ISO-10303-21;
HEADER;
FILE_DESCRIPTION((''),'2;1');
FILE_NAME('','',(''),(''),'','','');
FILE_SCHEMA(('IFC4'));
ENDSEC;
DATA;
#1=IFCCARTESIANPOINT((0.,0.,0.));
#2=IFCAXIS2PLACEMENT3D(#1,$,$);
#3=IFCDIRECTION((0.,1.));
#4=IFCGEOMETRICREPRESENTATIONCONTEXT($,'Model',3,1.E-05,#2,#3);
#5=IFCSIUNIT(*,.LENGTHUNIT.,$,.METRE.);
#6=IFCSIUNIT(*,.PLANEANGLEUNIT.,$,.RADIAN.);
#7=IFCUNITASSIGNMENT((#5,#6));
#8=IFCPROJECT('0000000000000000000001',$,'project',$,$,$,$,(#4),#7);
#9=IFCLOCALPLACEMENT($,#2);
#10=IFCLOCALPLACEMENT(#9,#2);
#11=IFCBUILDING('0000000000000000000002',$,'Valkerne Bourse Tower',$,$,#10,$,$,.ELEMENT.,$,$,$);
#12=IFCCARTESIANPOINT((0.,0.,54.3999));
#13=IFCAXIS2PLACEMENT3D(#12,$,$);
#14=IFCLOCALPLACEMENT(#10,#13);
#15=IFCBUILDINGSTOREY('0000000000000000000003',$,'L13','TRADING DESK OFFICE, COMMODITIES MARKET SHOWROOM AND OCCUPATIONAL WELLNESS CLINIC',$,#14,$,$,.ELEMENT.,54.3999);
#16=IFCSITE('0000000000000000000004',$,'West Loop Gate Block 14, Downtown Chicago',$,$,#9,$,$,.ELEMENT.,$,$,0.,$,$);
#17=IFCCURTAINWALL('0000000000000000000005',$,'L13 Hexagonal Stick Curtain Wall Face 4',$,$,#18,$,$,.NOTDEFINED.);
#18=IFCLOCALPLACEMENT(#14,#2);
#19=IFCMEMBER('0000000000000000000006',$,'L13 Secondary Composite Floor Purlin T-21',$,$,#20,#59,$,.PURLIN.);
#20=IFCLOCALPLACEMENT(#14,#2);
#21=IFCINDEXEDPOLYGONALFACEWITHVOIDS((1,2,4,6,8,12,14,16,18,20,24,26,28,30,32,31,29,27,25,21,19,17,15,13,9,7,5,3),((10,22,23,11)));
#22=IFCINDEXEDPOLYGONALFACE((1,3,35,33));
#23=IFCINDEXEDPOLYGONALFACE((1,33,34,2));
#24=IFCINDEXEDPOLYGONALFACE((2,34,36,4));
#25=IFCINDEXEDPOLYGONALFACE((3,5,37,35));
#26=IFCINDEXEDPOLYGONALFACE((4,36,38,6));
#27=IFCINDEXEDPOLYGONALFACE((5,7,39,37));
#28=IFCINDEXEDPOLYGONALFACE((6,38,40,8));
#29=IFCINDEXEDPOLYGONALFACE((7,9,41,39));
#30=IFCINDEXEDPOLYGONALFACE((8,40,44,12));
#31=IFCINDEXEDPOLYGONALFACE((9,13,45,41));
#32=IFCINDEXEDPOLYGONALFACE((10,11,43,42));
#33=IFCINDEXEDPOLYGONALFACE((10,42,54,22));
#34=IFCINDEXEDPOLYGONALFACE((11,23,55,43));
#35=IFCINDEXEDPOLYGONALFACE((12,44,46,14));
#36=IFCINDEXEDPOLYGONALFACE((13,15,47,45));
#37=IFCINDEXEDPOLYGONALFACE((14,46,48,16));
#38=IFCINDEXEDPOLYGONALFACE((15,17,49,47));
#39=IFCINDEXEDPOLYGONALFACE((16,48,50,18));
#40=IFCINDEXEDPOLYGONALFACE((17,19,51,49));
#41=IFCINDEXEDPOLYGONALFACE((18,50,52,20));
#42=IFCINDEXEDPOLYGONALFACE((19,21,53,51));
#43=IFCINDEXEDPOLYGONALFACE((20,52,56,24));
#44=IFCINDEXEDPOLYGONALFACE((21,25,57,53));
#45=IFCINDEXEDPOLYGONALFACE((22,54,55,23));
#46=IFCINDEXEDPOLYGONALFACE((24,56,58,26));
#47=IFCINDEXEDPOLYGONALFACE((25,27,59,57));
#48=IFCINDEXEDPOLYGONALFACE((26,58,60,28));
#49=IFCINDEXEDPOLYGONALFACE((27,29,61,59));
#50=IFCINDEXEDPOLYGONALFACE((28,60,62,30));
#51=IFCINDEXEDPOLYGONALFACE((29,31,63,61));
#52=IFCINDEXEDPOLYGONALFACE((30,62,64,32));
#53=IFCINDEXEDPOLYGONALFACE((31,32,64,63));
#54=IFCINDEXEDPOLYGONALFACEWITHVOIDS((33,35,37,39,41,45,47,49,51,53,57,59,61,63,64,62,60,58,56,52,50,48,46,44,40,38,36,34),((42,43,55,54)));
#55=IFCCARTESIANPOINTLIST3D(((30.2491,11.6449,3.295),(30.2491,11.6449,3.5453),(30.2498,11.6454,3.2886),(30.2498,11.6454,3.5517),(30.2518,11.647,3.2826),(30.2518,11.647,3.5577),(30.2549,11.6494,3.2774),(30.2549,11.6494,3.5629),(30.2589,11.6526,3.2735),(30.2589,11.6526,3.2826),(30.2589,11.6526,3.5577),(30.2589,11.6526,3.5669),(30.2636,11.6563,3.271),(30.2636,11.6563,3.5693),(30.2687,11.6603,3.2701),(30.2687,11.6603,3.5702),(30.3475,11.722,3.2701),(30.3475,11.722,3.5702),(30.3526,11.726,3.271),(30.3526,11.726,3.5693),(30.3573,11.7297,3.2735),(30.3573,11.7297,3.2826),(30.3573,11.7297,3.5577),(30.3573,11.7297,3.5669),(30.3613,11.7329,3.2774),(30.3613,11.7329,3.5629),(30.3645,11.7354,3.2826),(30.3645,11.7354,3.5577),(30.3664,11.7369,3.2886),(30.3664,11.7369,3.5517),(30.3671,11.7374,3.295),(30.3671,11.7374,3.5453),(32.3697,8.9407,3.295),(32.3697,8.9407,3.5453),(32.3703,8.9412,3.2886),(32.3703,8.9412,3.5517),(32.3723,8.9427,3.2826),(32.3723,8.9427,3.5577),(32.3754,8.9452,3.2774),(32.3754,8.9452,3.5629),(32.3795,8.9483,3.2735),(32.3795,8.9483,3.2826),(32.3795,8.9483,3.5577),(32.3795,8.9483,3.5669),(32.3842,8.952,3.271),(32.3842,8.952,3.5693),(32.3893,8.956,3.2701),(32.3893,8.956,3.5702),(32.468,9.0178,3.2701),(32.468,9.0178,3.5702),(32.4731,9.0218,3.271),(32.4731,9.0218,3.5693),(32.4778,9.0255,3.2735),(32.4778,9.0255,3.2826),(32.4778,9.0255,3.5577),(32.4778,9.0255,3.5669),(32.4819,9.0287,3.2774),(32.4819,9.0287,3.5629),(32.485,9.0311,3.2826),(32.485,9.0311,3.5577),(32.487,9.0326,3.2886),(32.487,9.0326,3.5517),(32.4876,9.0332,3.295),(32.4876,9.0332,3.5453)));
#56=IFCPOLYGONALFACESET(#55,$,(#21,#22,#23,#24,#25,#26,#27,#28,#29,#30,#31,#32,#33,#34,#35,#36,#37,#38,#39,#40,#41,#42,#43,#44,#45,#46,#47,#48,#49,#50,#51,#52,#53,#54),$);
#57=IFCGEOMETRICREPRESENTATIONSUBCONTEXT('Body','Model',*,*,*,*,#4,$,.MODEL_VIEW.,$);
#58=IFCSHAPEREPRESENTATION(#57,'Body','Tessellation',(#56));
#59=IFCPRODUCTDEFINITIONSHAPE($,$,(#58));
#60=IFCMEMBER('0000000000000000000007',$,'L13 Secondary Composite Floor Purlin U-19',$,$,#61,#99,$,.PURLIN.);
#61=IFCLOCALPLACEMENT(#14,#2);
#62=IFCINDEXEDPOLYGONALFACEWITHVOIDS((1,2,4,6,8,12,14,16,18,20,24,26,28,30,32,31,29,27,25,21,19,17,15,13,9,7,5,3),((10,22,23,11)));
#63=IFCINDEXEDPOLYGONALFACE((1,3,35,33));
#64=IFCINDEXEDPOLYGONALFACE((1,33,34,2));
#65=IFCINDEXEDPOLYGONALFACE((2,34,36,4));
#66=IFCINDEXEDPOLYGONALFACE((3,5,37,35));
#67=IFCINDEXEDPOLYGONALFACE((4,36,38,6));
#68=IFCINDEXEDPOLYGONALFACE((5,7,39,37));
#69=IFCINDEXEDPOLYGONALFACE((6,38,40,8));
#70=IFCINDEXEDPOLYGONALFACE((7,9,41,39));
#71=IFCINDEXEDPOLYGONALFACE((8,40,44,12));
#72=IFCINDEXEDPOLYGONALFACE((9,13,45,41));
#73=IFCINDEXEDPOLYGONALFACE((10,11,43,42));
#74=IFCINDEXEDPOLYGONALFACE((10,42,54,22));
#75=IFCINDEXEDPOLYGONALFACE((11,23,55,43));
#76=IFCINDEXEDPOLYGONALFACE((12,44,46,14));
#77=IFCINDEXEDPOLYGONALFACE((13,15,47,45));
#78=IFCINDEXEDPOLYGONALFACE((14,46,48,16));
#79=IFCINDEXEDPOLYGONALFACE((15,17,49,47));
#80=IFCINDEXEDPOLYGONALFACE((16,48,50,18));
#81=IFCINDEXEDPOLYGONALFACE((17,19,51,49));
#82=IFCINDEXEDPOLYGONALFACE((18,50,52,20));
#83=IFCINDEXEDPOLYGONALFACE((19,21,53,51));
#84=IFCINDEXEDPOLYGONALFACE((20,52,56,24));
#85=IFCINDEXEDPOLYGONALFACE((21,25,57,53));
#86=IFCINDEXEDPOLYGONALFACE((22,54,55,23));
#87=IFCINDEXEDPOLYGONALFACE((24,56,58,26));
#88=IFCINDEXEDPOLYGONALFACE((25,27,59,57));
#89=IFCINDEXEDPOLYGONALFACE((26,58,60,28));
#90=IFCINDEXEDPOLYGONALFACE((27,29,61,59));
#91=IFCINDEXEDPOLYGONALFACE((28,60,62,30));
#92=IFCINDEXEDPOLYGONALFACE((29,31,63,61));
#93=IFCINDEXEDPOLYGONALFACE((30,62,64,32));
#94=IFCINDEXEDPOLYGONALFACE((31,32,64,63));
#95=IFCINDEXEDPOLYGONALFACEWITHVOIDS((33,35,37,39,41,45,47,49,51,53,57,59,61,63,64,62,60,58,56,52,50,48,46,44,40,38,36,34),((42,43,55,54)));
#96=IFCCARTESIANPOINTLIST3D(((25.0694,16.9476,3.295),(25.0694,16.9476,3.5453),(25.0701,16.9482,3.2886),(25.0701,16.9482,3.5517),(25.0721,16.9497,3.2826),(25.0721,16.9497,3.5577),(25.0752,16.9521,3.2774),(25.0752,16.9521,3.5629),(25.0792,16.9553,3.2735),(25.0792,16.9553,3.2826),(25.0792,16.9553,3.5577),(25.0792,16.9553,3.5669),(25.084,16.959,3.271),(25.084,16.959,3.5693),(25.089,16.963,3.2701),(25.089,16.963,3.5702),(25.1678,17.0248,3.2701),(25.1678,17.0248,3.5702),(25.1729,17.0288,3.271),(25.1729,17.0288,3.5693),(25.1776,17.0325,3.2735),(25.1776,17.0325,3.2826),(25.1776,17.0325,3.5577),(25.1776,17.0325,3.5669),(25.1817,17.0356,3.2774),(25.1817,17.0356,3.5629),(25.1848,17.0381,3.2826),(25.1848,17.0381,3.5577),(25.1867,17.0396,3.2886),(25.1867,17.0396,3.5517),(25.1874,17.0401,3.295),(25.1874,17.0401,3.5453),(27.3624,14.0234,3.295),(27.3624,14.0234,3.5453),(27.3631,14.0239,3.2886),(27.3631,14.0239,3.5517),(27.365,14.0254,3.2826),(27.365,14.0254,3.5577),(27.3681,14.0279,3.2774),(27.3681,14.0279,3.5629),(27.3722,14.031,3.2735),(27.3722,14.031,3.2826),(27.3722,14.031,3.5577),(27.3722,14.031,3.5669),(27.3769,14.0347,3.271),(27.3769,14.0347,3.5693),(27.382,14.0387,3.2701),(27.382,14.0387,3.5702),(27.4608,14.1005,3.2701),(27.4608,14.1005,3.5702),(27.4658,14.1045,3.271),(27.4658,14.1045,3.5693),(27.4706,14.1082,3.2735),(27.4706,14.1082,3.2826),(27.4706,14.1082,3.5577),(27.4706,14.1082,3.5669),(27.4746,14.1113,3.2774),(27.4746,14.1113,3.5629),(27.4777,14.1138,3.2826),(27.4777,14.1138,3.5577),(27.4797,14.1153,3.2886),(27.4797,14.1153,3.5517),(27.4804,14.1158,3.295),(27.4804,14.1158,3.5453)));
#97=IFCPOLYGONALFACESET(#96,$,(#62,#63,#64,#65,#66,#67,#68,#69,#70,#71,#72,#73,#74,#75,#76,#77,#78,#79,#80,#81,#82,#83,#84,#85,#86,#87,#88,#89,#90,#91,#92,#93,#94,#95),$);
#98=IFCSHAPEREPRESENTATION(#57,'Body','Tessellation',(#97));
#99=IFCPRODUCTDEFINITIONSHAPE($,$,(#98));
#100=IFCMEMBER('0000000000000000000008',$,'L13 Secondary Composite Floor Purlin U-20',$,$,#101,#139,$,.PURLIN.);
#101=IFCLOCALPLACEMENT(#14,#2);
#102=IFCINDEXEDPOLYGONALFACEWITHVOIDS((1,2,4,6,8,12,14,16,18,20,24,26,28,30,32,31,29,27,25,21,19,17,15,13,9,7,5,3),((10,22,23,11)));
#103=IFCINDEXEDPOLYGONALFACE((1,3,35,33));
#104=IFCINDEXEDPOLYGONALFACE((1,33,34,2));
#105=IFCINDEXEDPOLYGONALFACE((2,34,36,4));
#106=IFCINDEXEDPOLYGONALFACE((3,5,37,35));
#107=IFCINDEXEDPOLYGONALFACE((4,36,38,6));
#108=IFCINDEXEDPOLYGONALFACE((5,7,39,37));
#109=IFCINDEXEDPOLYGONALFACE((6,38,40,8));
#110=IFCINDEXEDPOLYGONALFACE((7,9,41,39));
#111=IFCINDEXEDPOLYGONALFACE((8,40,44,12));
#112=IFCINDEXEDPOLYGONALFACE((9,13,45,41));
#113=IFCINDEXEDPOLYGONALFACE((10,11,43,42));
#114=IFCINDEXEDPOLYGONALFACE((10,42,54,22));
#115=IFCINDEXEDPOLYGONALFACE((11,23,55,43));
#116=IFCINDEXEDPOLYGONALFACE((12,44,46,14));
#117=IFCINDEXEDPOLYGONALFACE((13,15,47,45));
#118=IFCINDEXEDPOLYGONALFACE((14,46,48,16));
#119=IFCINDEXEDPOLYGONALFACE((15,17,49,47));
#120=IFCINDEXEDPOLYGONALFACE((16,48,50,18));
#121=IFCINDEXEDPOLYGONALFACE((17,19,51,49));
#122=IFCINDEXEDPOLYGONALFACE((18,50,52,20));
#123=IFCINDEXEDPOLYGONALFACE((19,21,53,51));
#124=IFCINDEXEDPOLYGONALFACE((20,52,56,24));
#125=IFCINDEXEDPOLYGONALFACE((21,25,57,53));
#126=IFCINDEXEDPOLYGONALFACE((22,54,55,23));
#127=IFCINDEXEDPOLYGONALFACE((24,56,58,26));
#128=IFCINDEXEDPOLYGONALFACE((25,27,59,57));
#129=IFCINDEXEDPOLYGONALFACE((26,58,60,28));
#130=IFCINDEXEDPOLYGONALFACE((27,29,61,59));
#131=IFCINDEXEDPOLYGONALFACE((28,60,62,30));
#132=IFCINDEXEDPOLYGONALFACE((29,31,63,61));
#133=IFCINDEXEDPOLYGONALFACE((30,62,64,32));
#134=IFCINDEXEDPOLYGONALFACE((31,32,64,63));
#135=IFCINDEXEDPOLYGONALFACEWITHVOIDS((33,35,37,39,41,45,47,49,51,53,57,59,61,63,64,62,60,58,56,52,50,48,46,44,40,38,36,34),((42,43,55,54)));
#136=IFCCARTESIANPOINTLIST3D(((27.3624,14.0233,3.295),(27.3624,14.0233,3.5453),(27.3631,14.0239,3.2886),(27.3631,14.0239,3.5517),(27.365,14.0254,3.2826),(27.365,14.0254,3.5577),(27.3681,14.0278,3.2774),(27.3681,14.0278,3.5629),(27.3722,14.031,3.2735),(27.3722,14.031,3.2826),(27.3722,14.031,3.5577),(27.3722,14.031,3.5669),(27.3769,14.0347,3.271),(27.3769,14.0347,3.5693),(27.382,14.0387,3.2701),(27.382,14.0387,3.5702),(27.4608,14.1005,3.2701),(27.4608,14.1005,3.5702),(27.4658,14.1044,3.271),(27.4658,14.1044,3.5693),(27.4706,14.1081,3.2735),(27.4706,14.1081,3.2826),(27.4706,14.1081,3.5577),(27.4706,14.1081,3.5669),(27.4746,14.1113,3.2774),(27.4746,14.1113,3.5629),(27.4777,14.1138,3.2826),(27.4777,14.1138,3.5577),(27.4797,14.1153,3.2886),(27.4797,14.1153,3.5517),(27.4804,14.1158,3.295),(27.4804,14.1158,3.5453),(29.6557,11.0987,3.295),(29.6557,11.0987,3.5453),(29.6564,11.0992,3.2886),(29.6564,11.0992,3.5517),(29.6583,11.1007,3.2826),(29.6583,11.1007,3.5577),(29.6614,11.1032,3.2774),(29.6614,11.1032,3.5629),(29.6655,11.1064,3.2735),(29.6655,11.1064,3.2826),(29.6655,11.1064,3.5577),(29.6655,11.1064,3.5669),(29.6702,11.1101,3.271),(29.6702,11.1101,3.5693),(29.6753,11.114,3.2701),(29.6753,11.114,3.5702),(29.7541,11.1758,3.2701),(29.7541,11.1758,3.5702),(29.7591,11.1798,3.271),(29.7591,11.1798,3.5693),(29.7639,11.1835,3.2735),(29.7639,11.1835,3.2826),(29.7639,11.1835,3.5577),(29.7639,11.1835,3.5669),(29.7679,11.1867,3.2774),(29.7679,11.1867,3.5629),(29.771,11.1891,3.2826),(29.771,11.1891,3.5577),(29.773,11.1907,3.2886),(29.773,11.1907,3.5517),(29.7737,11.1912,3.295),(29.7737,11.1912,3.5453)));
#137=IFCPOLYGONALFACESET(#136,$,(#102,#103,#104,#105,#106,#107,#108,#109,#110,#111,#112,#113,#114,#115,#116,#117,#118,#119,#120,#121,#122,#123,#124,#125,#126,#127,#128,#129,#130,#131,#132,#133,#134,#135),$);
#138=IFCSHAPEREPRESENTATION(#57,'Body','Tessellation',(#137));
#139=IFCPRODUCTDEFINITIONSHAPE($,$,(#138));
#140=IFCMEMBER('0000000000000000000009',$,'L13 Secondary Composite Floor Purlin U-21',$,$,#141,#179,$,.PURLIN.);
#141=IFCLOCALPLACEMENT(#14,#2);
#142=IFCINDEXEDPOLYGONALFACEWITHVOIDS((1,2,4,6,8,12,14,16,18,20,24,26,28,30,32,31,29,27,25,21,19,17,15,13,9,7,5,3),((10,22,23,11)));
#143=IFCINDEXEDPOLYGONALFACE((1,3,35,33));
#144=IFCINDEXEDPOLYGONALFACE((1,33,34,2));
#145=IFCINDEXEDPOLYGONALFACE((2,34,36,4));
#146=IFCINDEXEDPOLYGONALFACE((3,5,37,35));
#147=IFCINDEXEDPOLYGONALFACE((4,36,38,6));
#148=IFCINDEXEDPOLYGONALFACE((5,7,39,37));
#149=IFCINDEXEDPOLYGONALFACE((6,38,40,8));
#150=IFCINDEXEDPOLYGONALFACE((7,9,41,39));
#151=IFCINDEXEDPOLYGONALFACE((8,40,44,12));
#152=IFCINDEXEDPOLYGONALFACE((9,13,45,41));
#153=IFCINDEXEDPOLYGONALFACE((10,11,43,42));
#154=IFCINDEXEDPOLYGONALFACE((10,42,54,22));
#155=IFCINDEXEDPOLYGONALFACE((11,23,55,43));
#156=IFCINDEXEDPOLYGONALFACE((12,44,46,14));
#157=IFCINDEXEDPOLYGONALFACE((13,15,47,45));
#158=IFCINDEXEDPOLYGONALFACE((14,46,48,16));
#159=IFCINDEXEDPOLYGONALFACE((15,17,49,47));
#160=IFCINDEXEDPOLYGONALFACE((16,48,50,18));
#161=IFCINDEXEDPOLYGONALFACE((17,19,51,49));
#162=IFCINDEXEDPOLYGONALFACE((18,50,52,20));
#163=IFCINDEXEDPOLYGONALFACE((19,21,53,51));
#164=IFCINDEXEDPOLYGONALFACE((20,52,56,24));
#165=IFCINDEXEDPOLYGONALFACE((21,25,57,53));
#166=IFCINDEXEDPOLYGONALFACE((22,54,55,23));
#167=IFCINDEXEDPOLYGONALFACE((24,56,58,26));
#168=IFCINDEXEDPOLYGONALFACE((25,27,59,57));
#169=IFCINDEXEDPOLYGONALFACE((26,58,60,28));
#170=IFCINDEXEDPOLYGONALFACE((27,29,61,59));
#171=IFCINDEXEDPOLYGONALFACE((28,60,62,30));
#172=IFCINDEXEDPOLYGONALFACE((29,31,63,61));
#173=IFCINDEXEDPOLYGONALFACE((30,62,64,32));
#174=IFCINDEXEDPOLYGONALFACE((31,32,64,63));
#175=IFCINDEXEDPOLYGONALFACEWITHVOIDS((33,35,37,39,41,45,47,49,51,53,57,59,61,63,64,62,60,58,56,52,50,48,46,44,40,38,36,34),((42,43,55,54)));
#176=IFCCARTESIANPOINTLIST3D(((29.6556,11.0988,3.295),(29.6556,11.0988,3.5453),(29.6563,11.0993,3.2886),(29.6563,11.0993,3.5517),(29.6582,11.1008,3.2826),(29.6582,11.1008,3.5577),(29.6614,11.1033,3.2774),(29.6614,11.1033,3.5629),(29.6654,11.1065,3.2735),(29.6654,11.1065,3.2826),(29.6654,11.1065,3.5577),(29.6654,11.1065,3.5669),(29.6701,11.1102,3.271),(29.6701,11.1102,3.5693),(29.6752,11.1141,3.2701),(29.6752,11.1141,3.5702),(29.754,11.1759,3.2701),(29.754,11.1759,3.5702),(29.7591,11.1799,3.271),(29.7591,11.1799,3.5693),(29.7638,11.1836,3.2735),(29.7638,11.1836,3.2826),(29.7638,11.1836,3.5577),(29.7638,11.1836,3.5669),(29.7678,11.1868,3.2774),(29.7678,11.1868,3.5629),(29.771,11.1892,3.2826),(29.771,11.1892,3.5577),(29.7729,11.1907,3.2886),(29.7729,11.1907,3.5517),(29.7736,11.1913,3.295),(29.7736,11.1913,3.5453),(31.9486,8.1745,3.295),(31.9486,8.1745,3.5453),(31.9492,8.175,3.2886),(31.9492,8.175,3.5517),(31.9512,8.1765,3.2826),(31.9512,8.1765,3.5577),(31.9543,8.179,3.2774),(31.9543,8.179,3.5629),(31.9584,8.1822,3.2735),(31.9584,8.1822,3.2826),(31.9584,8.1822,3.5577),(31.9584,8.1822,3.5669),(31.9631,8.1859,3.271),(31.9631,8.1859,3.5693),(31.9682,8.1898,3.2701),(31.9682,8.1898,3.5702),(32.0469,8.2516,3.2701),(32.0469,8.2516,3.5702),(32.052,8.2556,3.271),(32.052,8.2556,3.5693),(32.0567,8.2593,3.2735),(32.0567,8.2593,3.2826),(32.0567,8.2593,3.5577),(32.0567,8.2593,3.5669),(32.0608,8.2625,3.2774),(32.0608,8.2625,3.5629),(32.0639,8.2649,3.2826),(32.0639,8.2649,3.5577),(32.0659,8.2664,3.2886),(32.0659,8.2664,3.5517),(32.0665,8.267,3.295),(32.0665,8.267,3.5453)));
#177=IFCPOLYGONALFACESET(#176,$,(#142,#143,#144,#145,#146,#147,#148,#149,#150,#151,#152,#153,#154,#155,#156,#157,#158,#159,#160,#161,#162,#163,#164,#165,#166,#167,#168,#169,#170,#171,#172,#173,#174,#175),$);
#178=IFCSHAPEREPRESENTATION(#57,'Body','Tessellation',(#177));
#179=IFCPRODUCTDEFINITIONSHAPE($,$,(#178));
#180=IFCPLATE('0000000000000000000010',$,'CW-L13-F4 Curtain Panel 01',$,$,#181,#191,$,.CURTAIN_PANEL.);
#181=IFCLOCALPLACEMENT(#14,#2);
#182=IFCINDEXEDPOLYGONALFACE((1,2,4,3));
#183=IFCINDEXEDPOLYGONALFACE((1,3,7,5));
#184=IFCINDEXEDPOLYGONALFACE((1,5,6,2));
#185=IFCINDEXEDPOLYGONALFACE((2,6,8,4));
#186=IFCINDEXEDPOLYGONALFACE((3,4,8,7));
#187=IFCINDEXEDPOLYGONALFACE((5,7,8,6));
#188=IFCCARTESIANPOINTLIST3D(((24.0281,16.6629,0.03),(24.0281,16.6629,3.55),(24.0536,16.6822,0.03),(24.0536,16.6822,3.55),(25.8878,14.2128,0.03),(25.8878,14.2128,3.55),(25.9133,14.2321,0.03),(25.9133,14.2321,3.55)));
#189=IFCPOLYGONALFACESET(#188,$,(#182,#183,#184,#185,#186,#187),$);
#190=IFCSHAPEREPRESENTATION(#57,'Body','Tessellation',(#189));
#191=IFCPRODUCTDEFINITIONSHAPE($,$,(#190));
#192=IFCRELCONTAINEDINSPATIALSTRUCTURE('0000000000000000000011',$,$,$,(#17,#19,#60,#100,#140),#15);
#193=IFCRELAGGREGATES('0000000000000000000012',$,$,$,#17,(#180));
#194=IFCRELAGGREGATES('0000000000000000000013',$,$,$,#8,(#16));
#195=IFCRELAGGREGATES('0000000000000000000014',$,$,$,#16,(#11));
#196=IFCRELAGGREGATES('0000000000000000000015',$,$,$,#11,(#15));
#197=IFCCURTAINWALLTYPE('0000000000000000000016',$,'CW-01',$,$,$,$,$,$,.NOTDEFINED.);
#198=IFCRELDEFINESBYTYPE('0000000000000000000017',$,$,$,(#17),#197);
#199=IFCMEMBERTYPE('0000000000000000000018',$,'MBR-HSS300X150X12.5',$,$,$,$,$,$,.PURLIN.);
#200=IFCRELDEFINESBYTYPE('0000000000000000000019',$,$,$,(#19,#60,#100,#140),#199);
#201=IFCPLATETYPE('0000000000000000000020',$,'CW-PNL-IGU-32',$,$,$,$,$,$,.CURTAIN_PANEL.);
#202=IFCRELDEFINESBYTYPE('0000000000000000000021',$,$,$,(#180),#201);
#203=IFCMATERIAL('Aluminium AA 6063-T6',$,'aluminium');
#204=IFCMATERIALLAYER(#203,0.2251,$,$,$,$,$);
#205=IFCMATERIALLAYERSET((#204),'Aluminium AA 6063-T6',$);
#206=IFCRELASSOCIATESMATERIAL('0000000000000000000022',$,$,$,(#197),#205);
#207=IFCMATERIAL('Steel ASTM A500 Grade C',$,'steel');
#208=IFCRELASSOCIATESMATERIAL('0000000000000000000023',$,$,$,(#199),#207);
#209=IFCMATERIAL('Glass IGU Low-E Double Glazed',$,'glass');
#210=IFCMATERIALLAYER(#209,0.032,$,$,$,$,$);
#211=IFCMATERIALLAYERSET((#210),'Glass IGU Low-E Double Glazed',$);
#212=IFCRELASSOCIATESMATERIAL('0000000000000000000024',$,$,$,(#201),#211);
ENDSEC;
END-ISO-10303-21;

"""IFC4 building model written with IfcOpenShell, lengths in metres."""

from ifc_helpers import new_model, si_unit, direction, frame, origin, origin_2d, place, context, subcontext, project, spatial, rectangle, hollow_rectangle, extrude, material, layer, layer_set, material_profile, profile_set, type_object, element, aggregate, save


model = new_model("IFC4")

# Units and contexts
model_context = context("Model", 3, precision=1e-05, world=origin(), true_north=direction((0.0, 1.0)))
body_context = subcontext(model_context, "Body", "Model", "MODEL_VIEW")
ifc_project = project(units=[si_unit("LENGTHUNIT", "METRE"), si_unit("PLANEANGLEUNIT", "RADIAN")], contexts=[model_context])

# Site, building, storey
site_placement = place(None, origin())
site = spatial("IfcSite", under=ifc_project, at=site_placement, Name="West Loop Gate Block 14, Downtown Chicago", CompositionType="ELEMENT", RefElevation=0.0)
building_placement = place(site_placement, origin())
building = spatial("IfcBuilding", under=site, at=building_placement, Name="Valkerne Bourse Tower", CompositionType="ELEMENT")
storey_placement = place(building_placement, frame((0.0, 0.0, 54.3999)))
storey = spatial("IfcBuildingStorey", under=building, at=storey_placement, Name="L13", Description="TRADING DESK OFFICE, COMMODITIES MARKET SHOWROOM AND OCCUPATIONAL WELLNESS CLINIC", CompositionType="ELEMENT", Elevation=54.3999)

# Curtain wall
ifc_material_1 = material(Name="Aluminium AA 6063-T6", Category="aluminium")
ifc_layer_1 = layer(ifc_material_1, 0.2251)
ifc_layer_set_1 = layer_set([ifc_layer_1], Name="Aluminium AA 6063-T6")
curtain_wall_type = type_object("IfcCurtainWallType", Name="CW-01", PredefinedType="NOTDEFINED", material=ifc_layer_set_1)
curtain_wall_placement = place(storey_placement, origin())
curtain_wall = element("IfcCurtainWall", 1, at=curtain_wall_placement, inside=storey, type_object=curtain_wall_type, Name="L13 Hexagonal Stick Curtain Wall Face 4", PredefinedType="NOTDEFINED")

# Members
ifc_material_2 = material(Name="Steel ASTM A500 Grade C", Category="steel")
ifc_material_profile_1 = material_profile(ifc_material_2, hollow_rectangle(XDim=0.1499, YDim=0.3, WallThickness=0.0125, OuterFilletRadius=0.0249, at=origin_2d()), Name="HSS300X150X12.5")
ifc_profile_set_1 = profile_set([ifc_material_profile_1], Name="Steel ASTM A500 Grade C")
member_type_1 = type_object("IfcMemberType", Name="MBR-HSS300X150X12.5", PredefinedType="PURLIN", material=ifc_profile_set_1)
for number, where, z_axis, x_axis, name in (
    (2, (30.3081, 11.6912, 3.4202), (0.617059, -0.786917, 0.0), (0.786917, 0.617059, 0.0), "L13 Secondary Composite Floor Purlin T-21"),
):
    element("IfcMember", number, at=place(storey_placement, frame(where, z_axis=z_axis, x_axis=x_axis)), inside=storey, type_object=member_type_1, Name=name, PredefinedType="PURLIN", context=body_context, shape_type="SweptSolid", body=[
        extrude(hollow_rectangle(XDim=0.1499, YDim=0.3, WallThickness=0.0125, OuterFilletRadius=0.0249, at=origin_2d()), origin(), (0.0, 0.0, 1.0), 3.4365),
    ])
member_1_placement = place(storey_placement, frame((25.1284, 16.9939, 3.4202), z_axis=(0.617038, -0.786933, 0.0), x_axis=(0.786933, 0.617038, 0.0)))
element("IfcMember", 3, at=member_1_placement, inside=storey, type_object=member_type_1, Name="L13 Secondary Composite Floor Purlin U-19", PredefinedType="PURLIN", context=body_context, shape_type="SweptSolid", body=[
    extrude(hollow_rectangle(XDim=0.1499, YDim=0.3, WallThickness=0.0125, OuterFilletRadius=0.0249, at=origin_2d()), origin(), (0.0, 0.0, 1.0), 3.7161),
])
member_2_placement = place(storey_placement, frame((27.4214, 14.0696, 3.4202), z_axis=(0.617047, -0.786927, 0.0), x_axis=(0.786927, 0.617047, 0.0)))
element("IfcMember", 4, at=member_2_placement, inside=storey, type_object=member_type_1, Name="L13 Secondary Composite Floor Purlin U-20", PredefinedType="PURLIN", context=body_context, shape_type="SweptSolid", body=[
    extrude(hollow_rectangle(XDim=0.1499, YDim=0.3, WallThickness=0.0125, OuterFilletRadius=0.0249, at=origin_2d()), origin(), (0.0, 0.0, 1.0), 3.7166),
])
member_3_placement = place(storey_placement, frame((29.7146, 11.145, 3.4202), z_axis=(0.617038, -0.786933, 0.0), x_axis=(0.786933, 0.617038, 0.0)))
element("IfcMember", 5, at=member_3_placement, inside=storey, type_object=member_type_1, Name="L13 Secondary Composite Floor Purlin U-21", PredefinedType="PURLIN", context=body_context, shape_type="SweptSolid", body=[
    extrude(hollow_rectangle(XDim=0.1499, YDim=0.3, WallThickness=0.0125, OuterFilletRadius=0.0249, at=origin_2d()), origin(), (0.0, 0.0, 1.0), 3.7161),
])

# Plate
ifc_material_3 = material(Name="Glass IGU Low-E Double Glazed", Category="glass")
ifc_layer_2 = layer(ifc_material_3, 0.032)
ifc_layer_set_2 = layer_set([ifc_layer_2], Name="Glass IGU Low-E Double Glazed")
plate_type = type_object("IfcPlateType", Name="CW-PNL-IGU-32", PredefinedType="CURTAIN_PANEL", material=ifc_layer_set_2)
plate_1_placement = place(storey_placement, frame((24.9707, 15.4475, 0.03), z_axis=(0.0, 0.0, 1.0), x_axis=(0.604579, -0.796545, 0.0)))
plate_1 = element("IfcPlate", 6, at=plate_1_placement, type_object=plate_type, Name="CW-L13-F4 Curtain Panel 01", PredefinedType="CURTAIN_PANEL", context=body_context, shape_type="SweptSolid", body=[
    extrude(rectangle(XDim=3.0759, YDim=0.032, at=origin_2d()), origin(), (0.0, 0.0, 1.0), 3.52),
])
aggregate(curtain_wall, [plate_1])

save(model, "model.ifc")
